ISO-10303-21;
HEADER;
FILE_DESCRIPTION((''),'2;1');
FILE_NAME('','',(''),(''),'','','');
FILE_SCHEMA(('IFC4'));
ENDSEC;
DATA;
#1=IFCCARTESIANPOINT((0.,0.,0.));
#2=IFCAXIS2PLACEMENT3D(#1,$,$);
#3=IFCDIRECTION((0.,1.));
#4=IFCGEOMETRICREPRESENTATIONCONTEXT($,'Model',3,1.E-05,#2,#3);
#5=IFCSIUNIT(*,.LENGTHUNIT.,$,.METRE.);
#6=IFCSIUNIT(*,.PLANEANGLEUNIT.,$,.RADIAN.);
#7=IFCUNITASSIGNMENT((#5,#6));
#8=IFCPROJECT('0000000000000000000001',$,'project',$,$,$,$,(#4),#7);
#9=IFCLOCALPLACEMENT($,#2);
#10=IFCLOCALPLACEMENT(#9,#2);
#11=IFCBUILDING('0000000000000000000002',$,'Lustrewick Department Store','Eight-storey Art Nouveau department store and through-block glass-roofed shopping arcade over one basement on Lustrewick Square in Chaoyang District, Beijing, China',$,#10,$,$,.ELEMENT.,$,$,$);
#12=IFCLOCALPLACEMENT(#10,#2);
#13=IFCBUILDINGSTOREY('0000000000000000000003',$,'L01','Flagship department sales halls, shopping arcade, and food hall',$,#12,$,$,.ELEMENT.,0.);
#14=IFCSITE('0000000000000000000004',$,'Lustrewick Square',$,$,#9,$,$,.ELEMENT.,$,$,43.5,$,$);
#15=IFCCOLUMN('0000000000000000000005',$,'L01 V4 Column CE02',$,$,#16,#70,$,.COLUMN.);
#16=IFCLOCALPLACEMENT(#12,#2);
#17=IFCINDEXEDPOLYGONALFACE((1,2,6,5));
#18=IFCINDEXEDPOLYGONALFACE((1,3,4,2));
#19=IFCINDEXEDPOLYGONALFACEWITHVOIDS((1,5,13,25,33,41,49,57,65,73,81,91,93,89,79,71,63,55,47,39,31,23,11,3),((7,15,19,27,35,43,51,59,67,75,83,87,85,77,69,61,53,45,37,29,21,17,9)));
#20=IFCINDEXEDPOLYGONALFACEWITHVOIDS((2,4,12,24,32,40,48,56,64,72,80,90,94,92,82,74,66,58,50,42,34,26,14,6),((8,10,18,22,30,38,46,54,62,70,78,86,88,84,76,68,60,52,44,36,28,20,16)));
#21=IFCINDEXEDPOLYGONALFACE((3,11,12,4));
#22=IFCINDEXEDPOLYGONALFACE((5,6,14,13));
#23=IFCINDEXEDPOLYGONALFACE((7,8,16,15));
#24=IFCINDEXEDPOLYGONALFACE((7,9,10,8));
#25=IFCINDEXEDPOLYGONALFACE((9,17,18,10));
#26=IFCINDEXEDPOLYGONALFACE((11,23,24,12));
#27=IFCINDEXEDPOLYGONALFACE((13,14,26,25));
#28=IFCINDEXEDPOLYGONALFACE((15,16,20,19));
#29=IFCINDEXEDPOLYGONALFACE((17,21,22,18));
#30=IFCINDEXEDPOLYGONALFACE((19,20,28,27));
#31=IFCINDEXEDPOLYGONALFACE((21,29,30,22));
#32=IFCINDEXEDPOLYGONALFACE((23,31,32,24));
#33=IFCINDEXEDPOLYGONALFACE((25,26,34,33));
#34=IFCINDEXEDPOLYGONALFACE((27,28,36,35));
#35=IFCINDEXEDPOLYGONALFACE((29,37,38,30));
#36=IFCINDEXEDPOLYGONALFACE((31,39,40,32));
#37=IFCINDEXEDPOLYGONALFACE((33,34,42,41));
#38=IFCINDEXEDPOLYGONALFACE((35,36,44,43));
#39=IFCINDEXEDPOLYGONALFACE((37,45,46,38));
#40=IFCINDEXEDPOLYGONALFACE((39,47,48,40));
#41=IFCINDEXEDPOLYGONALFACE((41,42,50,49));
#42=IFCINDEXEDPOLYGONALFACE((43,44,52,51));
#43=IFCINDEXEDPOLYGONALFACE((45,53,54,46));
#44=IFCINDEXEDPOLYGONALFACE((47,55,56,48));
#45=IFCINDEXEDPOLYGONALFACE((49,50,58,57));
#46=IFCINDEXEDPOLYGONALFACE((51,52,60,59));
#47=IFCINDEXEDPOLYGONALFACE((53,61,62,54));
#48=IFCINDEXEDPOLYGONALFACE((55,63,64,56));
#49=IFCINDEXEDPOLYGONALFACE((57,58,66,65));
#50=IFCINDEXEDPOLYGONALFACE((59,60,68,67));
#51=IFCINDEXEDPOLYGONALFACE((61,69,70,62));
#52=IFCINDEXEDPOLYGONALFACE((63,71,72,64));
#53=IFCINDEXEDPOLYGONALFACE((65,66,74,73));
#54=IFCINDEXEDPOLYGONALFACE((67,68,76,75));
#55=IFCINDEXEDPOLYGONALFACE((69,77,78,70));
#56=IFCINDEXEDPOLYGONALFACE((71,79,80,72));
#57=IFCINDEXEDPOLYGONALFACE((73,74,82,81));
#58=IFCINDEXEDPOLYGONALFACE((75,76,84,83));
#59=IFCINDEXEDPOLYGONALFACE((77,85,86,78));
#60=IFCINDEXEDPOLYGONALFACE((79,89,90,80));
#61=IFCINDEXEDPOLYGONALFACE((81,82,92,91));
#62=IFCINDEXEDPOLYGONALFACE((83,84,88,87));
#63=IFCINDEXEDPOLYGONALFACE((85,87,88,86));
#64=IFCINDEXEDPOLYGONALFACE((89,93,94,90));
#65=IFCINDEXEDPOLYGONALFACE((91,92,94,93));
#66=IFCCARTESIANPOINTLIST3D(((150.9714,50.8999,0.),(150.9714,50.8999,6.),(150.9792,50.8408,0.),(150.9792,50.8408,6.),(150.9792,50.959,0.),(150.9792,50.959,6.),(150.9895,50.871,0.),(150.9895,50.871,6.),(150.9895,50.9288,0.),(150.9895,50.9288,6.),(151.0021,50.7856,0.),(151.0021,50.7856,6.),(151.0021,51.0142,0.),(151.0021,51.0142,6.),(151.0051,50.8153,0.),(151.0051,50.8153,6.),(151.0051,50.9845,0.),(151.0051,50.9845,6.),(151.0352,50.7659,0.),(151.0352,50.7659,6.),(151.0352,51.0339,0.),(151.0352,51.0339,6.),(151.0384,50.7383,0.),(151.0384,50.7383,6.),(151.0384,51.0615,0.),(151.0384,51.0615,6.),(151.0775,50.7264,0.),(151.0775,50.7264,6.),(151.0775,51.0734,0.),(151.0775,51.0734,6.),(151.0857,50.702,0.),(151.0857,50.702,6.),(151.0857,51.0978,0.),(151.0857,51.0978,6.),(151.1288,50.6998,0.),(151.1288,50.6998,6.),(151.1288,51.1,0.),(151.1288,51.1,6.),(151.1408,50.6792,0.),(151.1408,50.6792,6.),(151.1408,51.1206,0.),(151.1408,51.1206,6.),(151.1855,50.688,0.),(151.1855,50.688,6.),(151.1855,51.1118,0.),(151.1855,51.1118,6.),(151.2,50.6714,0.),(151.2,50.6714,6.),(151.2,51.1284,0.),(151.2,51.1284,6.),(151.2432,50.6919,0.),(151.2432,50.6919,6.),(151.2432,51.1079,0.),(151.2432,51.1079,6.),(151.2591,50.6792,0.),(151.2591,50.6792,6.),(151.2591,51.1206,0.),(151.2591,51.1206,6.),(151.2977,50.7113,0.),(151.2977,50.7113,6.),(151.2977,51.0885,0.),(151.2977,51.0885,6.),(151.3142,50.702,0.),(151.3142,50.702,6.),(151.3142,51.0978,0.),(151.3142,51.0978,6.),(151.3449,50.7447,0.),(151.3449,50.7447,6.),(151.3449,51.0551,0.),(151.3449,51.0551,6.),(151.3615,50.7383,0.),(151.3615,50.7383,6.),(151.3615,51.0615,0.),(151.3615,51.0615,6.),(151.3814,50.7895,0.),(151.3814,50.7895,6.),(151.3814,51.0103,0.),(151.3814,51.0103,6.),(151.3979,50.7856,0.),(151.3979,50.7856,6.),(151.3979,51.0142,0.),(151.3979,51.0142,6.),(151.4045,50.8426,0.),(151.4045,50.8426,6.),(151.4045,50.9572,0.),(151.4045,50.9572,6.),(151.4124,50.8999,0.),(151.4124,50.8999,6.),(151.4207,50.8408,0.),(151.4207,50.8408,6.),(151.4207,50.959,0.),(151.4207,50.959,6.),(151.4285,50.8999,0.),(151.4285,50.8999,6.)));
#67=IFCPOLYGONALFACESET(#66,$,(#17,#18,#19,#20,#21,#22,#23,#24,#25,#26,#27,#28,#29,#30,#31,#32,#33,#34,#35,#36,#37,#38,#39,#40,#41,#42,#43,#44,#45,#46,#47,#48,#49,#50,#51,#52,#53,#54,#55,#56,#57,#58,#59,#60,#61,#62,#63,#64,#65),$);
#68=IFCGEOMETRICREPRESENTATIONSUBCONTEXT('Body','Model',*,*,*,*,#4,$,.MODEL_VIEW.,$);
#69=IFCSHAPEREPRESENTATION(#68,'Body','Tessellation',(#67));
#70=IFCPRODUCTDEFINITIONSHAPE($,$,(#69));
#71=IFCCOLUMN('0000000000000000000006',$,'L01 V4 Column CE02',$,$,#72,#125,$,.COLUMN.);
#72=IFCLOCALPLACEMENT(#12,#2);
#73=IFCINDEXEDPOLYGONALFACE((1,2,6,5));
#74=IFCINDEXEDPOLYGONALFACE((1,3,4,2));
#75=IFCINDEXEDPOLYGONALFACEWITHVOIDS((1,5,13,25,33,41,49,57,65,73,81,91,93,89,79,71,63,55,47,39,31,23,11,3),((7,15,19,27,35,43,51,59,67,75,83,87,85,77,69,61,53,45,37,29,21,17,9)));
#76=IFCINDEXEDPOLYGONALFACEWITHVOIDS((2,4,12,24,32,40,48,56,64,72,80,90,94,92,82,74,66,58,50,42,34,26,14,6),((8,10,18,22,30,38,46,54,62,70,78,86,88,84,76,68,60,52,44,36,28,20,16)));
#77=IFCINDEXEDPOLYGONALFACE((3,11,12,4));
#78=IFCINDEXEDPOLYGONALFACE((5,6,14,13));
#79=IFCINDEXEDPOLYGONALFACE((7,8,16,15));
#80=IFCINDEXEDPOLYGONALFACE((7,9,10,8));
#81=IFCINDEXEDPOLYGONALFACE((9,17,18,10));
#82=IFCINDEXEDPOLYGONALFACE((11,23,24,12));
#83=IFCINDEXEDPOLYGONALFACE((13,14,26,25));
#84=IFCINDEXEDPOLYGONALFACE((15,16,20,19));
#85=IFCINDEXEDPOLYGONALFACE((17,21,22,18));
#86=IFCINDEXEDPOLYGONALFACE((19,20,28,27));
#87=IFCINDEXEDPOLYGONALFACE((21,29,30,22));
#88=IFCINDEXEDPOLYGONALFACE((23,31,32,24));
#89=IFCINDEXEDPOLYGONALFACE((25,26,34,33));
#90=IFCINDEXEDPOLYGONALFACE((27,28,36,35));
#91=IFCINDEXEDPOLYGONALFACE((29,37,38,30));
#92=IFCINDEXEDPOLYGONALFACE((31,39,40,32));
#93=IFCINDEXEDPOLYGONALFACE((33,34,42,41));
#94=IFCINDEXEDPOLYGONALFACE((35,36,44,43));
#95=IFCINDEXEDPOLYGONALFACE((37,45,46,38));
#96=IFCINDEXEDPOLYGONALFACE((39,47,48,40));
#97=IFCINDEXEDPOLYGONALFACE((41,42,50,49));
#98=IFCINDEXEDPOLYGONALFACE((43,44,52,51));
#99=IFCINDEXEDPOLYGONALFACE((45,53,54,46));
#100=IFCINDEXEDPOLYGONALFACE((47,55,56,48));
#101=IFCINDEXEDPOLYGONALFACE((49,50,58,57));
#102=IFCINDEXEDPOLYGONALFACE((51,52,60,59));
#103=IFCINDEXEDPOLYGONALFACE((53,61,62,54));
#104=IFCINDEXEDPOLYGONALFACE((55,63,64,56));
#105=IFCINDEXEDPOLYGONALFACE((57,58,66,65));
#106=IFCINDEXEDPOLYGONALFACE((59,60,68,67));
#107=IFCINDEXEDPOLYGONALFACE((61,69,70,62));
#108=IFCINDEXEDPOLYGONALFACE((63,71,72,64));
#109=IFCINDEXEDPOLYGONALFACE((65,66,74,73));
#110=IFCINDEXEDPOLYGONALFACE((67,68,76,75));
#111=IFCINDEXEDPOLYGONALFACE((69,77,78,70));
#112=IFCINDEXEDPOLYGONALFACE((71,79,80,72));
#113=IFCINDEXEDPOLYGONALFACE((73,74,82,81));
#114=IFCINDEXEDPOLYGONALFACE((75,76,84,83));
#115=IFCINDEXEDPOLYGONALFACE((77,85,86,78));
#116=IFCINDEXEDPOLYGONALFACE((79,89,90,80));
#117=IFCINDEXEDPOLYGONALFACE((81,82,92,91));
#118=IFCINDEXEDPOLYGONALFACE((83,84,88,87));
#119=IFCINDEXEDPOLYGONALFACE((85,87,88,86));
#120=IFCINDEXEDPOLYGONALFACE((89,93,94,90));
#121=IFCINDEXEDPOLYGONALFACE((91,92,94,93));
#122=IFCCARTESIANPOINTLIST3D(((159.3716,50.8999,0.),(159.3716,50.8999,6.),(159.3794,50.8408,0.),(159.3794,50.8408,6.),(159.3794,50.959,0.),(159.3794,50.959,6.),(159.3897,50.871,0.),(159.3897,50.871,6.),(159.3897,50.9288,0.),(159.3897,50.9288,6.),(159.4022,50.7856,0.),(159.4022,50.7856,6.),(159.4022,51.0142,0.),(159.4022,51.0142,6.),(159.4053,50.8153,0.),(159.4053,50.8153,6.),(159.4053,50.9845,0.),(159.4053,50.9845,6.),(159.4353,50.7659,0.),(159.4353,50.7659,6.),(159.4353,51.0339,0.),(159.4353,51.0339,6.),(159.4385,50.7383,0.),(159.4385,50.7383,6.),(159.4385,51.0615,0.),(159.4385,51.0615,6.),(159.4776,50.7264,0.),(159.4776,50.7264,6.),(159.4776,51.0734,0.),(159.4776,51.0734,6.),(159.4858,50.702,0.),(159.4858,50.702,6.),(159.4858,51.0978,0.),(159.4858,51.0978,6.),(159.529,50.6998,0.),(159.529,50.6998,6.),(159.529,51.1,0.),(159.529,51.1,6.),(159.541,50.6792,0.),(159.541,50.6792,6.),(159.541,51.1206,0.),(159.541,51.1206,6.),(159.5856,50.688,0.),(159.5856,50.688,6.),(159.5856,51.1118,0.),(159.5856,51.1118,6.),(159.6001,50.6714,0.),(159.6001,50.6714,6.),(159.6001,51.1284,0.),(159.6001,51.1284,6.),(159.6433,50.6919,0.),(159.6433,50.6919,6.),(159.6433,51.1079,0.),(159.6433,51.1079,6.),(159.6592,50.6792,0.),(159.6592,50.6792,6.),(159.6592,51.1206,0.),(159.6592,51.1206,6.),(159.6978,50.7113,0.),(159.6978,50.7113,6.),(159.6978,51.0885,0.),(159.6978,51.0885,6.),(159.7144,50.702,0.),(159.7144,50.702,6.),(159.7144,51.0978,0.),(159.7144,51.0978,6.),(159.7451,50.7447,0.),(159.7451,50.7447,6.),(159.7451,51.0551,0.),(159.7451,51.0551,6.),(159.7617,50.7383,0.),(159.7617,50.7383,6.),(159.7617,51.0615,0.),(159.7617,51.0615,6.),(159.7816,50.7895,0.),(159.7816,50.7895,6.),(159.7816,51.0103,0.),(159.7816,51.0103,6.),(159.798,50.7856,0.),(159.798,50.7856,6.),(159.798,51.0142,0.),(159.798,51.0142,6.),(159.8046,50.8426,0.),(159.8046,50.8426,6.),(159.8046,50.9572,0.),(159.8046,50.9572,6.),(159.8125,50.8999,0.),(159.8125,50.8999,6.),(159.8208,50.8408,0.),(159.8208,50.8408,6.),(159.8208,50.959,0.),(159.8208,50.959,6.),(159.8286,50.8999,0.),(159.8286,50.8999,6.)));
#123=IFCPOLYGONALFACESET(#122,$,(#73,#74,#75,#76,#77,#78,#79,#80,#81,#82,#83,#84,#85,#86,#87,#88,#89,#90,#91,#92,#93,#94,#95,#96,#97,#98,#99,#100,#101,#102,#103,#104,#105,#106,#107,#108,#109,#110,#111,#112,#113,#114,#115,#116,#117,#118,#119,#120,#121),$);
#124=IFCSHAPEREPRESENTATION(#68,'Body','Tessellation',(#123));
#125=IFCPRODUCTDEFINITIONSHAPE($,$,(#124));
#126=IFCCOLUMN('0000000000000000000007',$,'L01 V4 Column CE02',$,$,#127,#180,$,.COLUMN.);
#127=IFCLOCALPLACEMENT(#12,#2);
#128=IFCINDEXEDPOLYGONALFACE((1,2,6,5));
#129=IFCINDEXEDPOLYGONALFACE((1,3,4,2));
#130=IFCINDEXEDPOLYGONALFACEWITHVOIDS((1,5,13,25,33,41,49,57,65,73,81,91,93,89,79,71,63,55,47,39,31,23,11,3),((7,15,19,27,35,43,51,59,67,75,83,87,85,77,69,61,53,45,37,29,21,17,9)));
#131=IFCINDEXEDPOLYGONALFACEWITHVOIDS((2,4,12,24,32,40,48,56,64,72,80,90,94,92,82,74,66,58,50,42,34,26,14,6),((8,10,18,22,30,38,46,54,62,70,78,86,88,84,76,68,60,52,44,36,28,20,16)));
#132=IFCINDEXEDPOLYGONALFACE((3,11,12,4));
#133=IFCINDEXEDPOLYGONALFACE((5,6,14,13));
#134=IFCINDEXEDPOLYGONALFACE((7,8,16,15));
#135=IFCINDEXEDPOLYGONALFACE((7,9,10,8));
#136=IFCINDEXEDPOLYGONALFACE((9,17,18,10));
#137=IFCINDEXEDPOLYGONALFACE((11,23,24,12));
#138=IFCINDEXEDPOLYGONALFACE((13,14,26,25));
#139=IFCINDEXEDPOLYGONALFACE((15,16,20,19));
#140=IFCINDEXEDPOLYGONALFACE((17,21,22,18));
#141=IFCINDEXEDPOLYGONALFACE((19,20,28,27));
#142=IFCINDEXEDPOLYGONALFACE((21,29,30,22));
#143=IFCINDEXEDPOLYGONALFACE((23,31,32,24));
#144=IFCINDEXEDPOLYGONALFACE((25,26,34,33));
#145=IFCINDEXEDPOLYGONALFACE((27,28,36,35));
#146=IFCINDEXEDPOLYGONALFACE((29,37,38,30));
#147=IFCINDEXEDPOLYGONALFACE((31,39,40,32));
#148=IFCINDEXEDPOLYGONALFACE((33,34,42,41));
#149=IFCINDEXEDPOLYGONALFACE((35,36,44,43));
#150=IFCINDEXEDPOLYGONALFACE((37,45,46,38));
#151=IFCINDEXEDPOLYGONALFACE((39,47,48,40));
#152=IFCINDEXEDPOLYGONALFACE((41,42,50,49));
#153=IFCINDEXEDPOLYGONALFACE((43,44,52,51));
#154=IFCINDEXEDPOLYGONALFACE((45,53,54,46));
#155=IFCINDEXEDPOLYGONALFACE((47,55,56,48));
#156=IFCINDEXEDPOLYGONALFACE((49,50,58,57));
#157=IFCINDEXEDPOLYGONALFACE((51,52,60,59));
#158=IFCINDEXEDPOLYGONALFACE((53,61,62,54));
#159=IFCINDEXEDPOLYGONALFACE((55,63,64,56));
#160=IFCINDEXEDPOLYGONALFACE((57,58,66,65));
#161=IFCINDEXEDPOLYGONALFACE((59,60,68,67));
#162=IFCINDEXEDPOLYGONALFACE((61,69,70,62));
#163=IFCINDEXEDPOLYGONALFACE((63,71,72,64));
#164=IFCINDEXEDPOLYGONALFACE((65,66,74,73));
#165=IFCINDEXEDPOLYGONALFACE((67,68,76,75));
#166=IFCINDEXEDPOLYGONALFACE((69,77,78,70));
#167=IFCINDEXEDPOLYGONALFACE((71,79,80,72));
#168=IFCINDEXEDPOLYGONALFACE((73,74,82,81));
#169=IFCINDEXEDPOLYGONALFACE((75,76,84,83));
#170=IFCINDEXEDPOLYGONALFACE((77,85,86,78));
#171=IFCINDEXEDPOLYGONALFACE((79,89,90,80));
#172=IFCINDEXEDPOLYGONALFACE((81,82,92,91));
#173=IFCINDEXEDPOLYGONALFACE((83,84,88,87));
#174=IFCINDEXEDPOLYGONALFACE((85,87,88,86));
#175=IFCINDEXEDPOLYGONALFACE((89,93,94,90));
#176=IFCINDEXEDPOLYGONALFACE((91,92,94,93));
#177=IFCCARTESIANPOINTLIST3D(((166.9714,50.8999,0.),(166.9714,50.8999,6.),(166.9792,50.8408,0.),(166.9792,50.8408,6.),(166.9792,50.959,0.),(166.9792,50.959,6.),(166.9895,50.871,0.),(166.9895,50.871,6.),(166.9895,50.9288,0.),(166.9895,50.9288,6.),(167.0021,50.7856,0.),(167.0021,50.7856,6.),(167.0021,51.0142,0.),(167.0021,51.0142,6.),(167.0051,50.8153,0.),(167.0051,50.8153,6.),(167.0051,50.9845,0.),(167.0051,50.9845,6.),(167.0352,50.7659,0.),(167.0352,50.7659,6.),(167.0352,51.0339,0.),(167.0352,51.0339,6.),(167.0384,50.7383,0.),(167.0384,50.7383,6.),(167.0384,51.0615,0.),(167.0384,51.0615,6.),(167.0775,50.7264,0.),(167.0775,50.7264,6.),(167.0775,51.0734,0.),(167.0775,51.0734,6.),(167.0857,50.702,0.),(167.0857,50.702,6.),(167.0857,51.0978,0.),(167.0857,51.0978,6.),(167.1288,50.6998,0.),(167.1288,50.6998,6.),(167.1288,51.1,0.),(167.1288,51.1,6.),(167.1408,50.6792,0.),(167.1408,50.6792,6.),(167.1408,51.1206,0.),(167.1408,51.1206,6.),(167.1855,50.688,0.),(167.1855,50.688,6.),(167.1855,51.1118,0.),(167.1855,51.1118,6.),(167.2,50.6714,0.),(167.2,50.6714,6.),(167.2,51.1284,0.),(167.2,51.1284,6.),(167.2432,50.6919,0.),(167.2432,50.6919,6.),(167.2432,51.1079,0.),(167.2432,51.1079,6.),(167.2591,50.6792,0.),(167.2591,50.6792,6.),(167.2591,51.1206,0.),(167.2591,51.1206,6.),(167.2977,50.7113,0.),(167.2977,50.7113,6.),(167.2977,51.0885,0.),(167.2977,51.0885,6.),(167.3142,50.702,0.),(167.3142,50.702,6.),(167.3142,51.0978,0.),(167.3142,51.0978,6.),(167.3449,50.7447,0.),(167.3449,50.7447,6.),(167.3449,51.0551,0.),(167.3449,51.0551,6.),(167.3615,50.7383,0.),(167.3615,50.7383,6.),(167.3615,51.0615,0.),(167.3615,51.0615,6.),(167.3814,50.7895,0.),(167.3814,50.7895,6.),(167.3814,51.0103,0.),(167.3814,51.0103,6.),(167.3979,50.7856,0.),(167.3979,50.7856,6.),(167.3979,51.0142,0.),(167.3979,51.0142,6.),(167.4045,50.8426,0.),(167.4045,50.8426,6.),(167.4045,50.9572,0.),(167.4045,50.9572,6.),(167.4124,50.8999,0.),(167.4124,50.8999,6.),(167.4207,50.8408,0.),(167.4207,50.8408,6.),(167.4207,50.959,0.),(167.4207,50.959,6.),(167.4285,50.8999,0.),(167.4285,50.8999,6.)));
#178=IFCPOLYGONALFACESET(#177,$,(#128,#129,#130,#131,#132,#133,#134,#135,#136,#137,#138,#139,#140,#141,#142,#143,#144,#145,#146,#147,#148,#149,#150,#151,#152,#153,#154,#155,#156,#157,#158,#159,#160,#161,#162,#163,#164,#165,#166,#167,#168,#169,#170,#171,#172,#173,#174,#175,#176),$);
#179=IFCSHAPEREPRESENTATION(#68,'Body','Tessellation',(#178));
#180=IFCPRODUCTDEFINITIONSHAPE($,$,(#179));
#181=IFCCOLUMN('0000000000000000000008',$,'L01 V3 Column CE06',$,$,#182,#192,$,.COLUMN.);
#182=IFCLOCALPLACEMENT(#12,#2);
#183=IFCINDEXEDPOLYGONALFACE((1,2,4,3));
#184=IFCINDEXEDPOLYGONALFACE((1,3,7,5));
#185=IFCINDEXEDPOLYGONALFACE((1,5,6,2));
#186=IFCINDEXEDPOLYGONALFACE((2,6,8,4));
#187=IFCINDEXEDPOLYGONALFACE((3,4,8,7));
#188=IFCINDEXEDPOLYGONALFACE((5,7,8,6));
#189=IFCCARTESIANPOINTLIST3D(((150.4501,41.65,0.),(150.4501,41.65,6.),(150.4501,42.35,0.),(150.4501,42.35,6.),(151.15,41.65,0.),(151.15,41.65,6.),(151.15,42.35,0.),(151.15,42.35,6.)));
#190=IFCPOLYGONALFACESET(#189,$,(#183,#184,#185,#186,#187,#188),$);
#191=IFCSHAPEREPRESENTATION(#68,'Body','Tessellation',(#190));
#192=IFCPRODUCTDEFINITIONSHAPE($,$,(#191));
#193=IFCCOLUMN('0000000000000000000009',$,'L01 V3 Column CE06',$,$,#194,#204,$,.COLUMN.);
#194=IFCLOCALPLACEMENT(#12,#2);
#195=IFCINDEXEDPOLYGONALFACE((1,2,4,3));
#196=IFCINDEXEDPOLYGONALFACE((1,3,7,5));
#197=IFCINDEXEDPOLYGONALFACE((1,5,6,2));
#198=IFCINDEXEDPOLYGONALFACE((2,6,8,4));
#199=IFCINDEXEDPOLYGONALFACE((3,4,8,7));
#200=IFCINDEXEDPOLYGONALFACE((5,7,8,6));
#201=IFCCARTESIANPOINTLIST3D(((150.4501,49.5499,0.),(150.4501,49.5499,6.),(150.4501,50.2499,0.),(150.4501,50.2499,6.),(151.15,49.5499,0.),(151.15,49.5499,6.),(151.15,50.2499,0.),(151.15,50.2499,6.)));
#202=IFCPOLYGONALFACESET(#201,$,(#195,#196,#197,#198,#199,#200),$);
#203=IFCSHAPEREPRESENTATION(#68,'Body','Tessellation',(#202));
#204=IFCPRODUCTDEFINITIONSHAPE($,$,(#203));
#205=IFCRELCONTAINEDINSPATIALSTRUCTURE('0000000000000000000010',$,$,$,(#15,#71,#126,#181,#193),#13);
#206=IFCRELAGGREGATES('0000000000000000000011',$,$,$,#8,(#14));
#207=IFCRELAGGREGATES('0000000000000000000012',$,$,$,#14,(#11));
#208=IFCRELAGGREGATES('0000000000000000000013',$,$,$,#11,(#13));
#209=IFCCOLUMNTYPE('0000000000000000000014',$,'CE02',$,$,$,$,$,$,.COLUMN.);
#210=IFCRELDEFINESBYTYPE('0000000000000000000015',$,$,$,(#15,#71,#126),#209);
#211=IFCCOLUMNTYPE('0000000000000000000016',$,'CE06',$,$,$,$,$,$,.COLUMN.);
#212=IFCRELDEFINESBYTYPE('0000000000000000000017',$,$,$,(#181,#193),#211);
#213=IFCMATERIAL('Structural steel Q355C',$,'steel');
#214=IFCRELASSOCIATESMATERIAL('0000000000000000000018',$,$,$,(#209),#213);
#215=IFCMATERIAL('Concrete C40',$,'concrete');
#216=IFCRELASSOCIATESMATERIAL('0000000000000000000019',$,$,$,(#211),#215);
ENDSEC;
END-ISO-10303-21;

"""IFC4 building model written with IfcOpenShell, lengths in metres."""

from ifc_helpers import new_model, si_unit, direction, frame, origin, origin_2d, place, context, subcontext, project, spatial, rectangle, hollow_circle, extrude, material, material_profile, profile_set, type_object, element, save


model = new_model("IFC4")

# Units and contexts
model_context = context("Model", 3, precision=1e-05, world=origin(), true_north=direction((0.0, 1.0)))
body_context = subcontext(model_context, "Body", "Model", "MODEL_VIEW")
ifc_project = project(units=[si_unit("LENGTHUNIT", "METRE"), si_unit("PLANEANGLEUNIT", "RADIAN")], contexts=[model_context])

# Site, building, storey
site_placement = place(None, origin())
site = spatial("IfcSite", under=ifc_project, at=site_placement, Name="Lustrewick Square", CompositionType="ELEMENT", RefElevation=43.5)
building_placement = place(site_placement, origin())
building = spatial("IfcBuilding", under=site, at=building_placement, Name="Lustrewick Department Store", Description="Eight-storey Art Nouveau department store and through-block glass-roofed shopping arcade over one basement on Lustrewick Square in Chaoyang District, Beijing, China", CompositionType="ELEMENT")
storey_placement = place(building_placement, origin())
storey = spatial("IfcBuildingStorey", under=building, at=storey_placement, Name="L01", Description="Flagship department sales halls, shopping arcade, and food hall", CompositionType="ELEMENT", Elevation=0.0)

# Columns
ifc_material_1 = material(Name="Structural steel Q355C", Category="steel")
ifc_material_profile_1 = material_profile(ifc_material_1, hollow_circle(Radius=0.2285, WallThickness=0.0161, at=origin_2d()), Name="CHS 457x16")
ifc_profile_set_1 = profile_set([ifc_material_profile_1], Name="Structural steel Q355C")
column_type_1 = type_object("IfcColumnType", Name="CE02", PredefinedType="COLUMN", material=ifc_profile_set_1)
for number, where, z_axis, x_axis, name in (
    (1, (151.2, 50.8999, 0.0), (0.0, 0.0, 1.0), (1.0, 0.0, 0.0), "L01 V4 Column CE02"),
    (2, (159.6001, 50.8999, 0.0), (0.0, 0.0, 1.0), (1.0, 0.0, 0.0), "L01 V4 Column CE02"),
    (3, (167.2, 50.8999, 0.0), (0.0, 0.0, 1.0), (1.0, 0.0, 0.0), "L01 V4 Column CE02"),
):
    element("IfcColumn", number, at=place(storey_placement, frame(where, z_axis=z_axis, x_axis=x_axis)), inside=storey, type_object=column_type_1, Name=name, PredefinedType="COLUMN", context=body_context, shape_type="SweptSolid", body=[
        extrude(hollow_circle(Radius=0.2285, WallThickness=0.0161, at=origin_2d()), origin(), (0.0, 0.0, 1.0), 6.0),
    ])
ifc_material_2 = material(Name="Concrete C40", Category="concrete")
ifc_material_profile_2 = material_profile(ifc_material_2, rectangle(XDim=0.7, YDim=0.7, at=origin_2d()), Name="RC 700x700")
ifc_profile_set_2 = profile_set([ifc_material_profile_2], Name="Concrete C40")
column_type_2 = type_object("IfcColumnType", Name="CE06", PredefinedType="COLUMN", material=ifc_profile_set_2)
for number, where, z_axis, x_axis, name in (
    (4, (150.8, 42.0, 0.0), (0.0, 0.0, 1.0), (1.0, 0.0, 0.0), "L01 V3 Column CE06"),
    (5, (150.8, 49.8999, 0.0), (0.0, 0.0, 1.0), (1.0, 0.0, 0.0), "L01 V3 Column CE06"),
):
    element("IfcColumn", number, at=place(storey_placement, frame(where, z_axis=z_axis, x_axis=x_axis)), inside=storey, type_object=column_type_2, Name=name, PredefinedType="COLUMN", context=body_context, shape_type="SweptSolid", body=[
        extrude(rectangle(XDim=0.7, YDim=0.7, at=origin_2d()), origin(), (0.0, 0.0, 1.0), 6.0),
    ])

save(model, "model.ifc")
